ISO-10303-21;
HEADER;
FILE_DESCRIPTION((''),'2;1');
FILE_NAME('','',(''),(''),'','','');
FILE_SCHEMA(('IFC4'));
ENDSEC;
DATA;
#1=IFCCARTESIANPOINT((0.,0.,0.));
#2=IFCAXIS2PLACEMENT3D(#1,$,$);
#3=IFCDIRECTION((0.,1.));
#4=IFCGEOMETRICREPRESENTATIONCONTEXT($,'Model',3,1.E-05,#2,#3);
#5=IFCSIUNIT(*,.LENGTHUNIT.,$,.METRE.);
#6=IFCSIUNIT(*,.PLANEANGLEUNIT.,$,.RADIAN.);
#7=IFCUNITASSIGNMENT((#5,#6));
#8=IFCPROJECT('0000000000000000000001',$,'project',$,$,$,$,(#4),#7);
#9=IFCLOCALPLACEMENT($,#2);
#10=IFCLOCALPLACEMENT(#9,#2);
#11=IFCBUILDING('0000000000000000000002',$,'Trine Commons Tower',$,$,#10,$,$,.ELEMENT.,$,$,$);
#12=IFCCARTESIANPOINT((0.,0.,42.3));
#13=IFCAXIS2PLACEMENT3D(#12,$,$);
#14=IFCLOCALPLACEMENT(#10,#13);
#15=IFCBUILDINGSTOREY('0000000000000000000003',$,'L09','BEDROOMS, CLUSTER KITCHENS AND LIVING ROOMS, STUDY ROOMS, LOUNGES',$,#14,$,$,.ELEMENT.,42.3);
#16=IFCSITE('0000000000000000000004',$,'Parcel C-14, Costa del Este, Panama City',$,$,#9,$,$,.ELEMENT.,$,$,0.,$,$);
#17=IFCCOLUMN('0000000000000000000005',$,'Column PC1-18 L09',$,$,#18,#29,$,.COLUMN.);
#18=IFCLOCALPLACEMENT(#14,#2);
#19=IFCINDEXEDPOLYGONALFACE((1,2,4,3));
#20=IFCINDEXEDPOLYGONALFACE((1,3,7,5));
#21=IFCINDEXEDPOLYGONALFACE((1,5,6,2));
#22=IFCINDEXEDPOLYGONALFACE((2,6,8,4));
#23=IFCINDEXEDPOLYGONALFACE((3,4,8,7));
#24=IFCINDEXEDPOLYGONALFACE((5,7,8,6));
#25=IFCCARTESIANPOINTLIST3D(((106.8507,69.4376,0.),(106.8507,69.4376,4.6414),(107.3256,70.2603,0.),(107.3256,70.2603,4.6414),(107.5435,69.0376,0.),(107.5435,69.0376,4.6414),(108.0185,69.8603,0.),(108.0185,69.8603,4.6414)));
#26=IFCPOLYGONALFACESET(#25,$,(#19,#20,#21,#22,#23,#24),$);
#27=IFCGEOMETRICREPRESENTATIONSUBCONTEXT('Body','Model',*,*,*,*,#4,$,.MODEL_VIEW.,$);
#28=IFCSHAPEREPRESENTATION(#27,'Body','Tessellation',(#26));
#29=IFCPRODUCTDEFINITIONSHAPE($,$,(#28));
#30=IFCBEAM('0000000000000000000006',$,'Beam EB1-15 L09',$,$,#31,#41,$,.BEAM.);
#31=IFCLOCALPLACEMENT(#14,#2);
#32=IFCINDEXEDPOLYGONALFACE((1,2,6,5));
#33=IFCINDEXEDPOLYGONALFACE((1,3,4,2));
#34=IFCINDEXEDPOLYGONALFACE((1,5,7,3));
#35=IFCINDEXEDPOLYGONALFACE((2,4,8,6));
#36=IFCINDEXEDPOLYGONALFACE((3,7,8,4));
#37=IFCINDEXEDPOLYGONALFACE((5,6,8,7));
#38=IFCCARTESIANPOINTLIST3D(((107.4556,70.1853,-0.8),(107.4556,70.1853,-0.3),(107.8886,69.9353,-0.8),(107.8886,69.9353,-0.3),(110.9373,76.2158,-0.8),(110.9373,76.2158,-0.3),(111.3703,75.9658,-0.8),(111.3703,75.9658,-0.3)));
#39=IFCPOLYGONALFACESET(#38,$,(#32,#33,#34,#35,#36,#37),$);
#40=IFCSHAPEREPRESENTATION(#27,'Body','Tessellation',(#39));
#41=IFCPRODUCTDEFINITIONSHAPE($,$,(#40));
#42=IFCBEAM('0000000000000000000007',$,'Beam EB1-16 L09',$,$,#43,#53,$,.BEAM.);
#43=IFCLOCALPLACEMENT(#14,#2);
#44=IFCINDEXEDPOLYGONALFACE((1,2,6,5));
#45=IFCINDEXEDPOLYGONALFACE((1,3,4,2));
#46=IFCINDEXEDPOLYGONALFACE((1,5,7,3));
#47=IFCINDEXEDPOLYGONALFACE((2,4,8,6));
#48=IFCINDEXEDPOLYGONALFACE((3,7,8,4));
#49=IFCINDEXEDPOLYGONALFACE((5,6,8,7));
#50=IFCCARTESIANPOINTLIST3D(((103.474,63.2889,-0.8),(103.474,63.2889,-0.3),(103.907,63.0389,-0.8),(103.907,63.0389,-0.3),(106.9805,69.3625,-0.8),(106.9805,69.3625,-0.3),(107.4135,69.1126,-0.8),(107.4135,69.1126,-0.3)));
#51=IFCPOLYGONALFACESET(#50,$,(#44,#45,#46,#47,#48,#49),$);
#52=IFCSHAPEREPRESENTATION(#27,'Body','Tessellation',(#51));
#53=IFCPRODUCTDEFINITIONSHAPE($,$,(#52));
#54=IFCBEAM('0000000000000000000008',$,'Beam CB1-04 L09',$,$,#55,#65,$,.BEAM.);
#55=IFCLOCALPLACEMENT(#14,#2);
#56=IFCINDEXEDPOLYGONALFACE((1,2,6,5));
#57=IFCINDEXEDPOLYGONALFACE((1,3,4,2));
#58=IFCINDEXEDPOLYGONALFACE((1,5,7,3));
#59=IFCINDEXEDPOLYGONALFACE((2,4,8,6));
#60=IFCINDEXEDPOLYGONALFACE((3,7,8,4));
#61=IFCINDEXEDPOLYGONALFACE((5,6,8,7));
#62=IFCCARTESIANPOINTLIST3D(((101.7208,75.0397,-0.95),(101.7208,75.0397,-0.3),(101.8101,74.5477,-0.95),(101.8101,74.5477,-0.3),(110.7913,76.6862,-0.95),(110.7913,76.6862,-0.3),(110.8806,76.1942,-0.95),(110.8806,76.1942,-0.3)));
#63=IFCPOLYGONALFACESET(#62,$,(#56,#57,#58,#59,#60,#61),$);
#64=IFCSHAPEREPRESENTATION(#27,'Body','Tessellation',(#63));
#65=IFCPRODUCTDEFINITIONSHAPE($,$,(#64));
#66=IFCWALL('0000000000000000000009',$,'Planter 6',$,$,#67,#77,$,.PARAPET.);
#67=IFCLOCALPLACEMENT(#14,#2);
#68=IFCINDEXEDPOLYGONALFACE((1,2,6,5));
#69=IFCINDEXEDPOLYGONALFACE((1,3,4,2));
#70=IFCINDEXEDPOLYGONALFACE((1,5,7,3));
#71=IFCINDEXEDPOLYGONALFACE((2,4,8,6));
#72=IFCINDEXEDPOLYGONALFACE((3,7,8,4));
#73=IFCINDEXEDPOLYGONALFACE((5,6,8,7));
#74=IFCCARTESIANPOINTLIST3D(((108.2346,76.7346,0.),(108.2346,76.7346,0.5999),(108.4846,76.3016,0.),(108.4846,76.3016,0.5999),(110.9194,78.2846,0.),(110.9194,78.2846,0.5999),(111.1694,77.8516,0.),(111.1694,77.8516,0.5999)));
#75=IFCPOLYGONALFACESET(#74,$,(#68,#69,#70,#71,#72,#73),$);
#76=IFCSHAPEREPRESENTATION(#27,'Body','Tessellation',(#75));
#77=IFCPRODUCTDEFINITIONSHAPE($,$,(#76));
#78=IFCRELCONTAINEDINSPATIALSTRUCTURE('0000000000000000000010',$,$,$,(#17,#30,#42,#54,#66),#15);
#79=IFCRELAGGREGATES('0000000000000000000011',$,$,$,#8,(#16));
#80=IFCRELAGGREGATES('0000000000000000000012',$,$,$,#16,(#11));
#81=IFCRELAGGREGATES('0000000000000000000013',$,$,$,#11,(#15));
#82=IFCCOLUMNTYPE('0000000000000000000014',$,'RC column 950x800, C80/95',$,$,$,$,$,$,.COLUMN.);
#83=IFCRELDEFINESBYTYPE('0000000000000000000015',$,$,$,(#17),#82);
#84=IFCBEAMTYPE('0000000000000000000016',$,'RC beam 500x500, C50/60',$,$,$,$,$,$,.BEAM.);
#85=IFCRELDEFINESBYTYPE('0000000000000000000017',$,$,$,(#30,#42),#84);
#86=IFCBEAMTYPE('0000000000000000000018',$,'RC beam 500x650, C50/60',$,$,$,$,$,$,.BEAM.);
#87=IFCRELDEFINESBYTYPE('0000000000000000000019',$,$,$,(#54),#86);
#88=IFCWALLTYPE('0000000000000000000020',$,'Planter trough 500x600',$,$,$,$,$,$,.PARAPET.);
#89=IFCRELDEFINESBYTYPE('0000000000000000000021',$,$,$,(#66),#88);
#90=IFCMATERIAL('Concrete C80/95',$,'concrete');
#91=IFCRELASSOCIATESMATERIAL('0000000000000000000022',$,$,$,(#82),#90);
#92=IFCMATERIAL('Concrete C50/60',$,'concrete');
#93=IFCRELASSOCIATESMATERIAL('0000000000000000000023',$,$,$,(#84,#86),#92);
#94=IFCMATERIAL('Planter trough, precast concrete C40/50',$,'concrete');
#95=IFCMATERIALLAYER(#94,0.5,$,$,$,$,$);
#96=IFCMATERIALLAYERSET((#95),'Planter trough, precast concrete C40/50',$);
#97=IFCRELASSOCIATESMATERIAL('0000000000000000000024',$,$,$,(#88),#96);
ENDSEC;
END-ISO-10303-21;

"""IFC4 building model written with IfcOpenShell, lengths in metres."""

from ifc_helpers import new_model, si_unit, direction, frame, frame_2d, origin, origin_2d, place, context, subcontext, project, spatial, rectangle, extrude, material, layer, layer_set, material_profile, profile_set, type_object, element, save


model = new_model("IFC4")

# Units and contexts
model_context = context("Model", 3, precision=1e-05, world=origin(), true_north=direction((0.0, 1.0)))
body_context = subcontext(model_context, "Body", "Model", "MODEL_VIEW")
ifc_project = project(units=[si_unit("LENGTHUNIT", "METRE"), si_unit("PLANEANGLEUNIT", "RADIAN")], contexts=[model_context])

# Site, building, storey
site_placement = place(None, origin())
site = spatial("IfcSite", under=ifc_project, at=site_placement, Name="Parcel C-14, Costa del Este, Panama City", CompositionType="ELEMENT", RefElevation=0.0)
building_placement = place(site_placement, origin())
building = spatial("IfcBuilding", under=site, at=building_placement, Name="Trine Commons Tower", CompositionType="ELEMENT")
storey_placement = place(building_placement, frame((0.0, 0.0, 42.3)))
storey = spatial("IfcBuildingStorey", under=building, at=storey_placement, Name="L09", Description="BEDROOMS, CLUSTER KITCHENS AND LIVING ROOMS, STUDY ROOMS, LOUNGES", CompositionType="ELEMENT", Elevation=42.3)

# Column
ifc_material_1 = material(Name="Concrete C80/95", Category="concrete")
ifc_material_profile_1 = material_profile(ifc_material_1, rectangle(XDim=0.95, YDim=0.8, at=origin_2d()), Name="RC 950x800")
ifc_profile_set_1 = profile_set([ifc_material_profile_1], Name="Concrete C80/95")
column_type = type_object("IfcColumnType", Name="RC column 950x800, C80/95", PredefinedType="COLUMN", material=ifc_profile_set_1)
column_placement = place(storey_placement, frame((107.4346, 69.6489, 0.0), z_axis=(0.0, 0.0, 1.0), x_axis=(0.5, 0.866025, 0.0)))
element("IfcColumn", 1, at=column_placement, inside=storey, type_object=column_type, Name="Column PC1-18 L09", PredefinedType="COLUMN", context=body_context, shape_type="SweptSolid", body=[
    extrude(rectangle(XDim=0.95, YDim=0.8, at=origin_2d()), origin(), (0.0, 0.0, 1.0), 4.6414),
])

# Beams
ifc_material_2 = material(Name="Concrete C50/60", Category="concrete")
ifc_material_profile_2 = material_profile(ifc_material_2, rectangle(XDim=0.5, YDim=0.5, at=origin_2d()), Name="RC 500x500")
ifc_profile_set_2 = profile_set([ifc_material_profile_2], Name="Concrete C50/60")
beam_type_1 = type_object("IfcBeamType", Name="RC beam 500x500, C50/60", PredefinedType="BEAM", material=ifc_profile_set_2)
beam_1_placement = place(storey_placement, frame((111.1538, 76.0908, -0.55), z_axis=(-0.499997, -0.866027, 0.0), x_axis=(0.866027, -0.499997, 0.0)))
element("IfcBeam", 2, at=beam_1_placement, inside=storey, type_object=beam_type_1, Name="Beam EB1-15 L09", PredefinedType="BEAM", context=body_context, shape_type="SweptSolid", body=[
    extrude(rectangle(XDim=0.5, YDim=0.5, at=origin_2d()), origin(), (0.0, 0.0, 1.0), 6.9634),
])
beam_2_placement = place(storey_placement, frame((107.197, 69.2375, -0.55), z_axis=(-0.499992, -0.86603, 0.0), x_axis=(0.86603, -0.499992, 0.0)))
element("IfcBeam", 3, at=beam_2_placement, inside=storey, type_object=beam_type_1, Name="Beam EB1-16 L09", PredefinedType="BEAM", context=body_context, shape_type="SweptSolid", body=[
    extrude(rectangle(XDim=0.5, YDim=0.5, at=origin_2d()), origin(), (0.0, 0.0, 1.0), 7.0132),
])
ifc_material_profile_3 = material_profile(ifc_material_2, rectangle(XDim=0.5, YDim=0.6499, at=origin_2d()), Name="RC 500x650")
ifc_profile_set_3 = profile_set([ifc_material_profile_3], Name="Concrete C50/60")
beam_type_2 = type_object("IfcBeamType", Name="RC beam 500x650, C50/60", PredefinedType="BEAM", material=ifc_profile_set_3)
beam_3_placement = place(storey_placement, frame((110.8359, 76.4402, -0.625), z_axis=(-0.983922, -0.178601, 0.0), x_axis=(0.178601, -0.983922, 0.0)))
element("IfcBeam", 4, at=beam_3_placement, inside=storey, type_object=beam_type_2, Name="Beam CB1-04 L09", PredefinedType="BEAM", context=body_context, shape_type="SweptSolid", body=[
    extrude(rectangle(XDim=0.5, YDim=0.6499, at=origin_2d()), origin(), (0.0, 0.0, 1.0), 9.2188),
])

# Wall
ifc_material_3 = material(Name="Planter trough, precast concrete C40/50", Category="concrete")
ifc_layer_1 = layer(ifc_material_3, 0.5)
ifc_layer_set_1 = layer_set([ifc_layer_1], Name="Planter trough, precast concrete C40/50")
wall_type_1 = type_object("IfcWallType", Name="Planter trough 500x600", PredefinedType="PARAPET", material=ifc_layer_set_1)
wall_1_placement = place(storey_placement, frame((108.3596, 76.5181, 0.0), z_axis=(0.0, 0.0, 1.0), x_axis=(0.86603, 0.499993, 0.0)))
element("IfcWall", 5, at=wall_1_placement, inside=storey, type_object=wall_type_1, Name="Planter 6", PredefinedType="PARAPET", context=body_context, shape_type="SweptSolid", body=[
    extrude(rectangle(XDim=3.1001, YDim=0.5, at=frame_2d((1.55, 0.0))), origin(), (0.0, 0.0, 1.0), 0.5999),
])

save(model, "model.ifc")
